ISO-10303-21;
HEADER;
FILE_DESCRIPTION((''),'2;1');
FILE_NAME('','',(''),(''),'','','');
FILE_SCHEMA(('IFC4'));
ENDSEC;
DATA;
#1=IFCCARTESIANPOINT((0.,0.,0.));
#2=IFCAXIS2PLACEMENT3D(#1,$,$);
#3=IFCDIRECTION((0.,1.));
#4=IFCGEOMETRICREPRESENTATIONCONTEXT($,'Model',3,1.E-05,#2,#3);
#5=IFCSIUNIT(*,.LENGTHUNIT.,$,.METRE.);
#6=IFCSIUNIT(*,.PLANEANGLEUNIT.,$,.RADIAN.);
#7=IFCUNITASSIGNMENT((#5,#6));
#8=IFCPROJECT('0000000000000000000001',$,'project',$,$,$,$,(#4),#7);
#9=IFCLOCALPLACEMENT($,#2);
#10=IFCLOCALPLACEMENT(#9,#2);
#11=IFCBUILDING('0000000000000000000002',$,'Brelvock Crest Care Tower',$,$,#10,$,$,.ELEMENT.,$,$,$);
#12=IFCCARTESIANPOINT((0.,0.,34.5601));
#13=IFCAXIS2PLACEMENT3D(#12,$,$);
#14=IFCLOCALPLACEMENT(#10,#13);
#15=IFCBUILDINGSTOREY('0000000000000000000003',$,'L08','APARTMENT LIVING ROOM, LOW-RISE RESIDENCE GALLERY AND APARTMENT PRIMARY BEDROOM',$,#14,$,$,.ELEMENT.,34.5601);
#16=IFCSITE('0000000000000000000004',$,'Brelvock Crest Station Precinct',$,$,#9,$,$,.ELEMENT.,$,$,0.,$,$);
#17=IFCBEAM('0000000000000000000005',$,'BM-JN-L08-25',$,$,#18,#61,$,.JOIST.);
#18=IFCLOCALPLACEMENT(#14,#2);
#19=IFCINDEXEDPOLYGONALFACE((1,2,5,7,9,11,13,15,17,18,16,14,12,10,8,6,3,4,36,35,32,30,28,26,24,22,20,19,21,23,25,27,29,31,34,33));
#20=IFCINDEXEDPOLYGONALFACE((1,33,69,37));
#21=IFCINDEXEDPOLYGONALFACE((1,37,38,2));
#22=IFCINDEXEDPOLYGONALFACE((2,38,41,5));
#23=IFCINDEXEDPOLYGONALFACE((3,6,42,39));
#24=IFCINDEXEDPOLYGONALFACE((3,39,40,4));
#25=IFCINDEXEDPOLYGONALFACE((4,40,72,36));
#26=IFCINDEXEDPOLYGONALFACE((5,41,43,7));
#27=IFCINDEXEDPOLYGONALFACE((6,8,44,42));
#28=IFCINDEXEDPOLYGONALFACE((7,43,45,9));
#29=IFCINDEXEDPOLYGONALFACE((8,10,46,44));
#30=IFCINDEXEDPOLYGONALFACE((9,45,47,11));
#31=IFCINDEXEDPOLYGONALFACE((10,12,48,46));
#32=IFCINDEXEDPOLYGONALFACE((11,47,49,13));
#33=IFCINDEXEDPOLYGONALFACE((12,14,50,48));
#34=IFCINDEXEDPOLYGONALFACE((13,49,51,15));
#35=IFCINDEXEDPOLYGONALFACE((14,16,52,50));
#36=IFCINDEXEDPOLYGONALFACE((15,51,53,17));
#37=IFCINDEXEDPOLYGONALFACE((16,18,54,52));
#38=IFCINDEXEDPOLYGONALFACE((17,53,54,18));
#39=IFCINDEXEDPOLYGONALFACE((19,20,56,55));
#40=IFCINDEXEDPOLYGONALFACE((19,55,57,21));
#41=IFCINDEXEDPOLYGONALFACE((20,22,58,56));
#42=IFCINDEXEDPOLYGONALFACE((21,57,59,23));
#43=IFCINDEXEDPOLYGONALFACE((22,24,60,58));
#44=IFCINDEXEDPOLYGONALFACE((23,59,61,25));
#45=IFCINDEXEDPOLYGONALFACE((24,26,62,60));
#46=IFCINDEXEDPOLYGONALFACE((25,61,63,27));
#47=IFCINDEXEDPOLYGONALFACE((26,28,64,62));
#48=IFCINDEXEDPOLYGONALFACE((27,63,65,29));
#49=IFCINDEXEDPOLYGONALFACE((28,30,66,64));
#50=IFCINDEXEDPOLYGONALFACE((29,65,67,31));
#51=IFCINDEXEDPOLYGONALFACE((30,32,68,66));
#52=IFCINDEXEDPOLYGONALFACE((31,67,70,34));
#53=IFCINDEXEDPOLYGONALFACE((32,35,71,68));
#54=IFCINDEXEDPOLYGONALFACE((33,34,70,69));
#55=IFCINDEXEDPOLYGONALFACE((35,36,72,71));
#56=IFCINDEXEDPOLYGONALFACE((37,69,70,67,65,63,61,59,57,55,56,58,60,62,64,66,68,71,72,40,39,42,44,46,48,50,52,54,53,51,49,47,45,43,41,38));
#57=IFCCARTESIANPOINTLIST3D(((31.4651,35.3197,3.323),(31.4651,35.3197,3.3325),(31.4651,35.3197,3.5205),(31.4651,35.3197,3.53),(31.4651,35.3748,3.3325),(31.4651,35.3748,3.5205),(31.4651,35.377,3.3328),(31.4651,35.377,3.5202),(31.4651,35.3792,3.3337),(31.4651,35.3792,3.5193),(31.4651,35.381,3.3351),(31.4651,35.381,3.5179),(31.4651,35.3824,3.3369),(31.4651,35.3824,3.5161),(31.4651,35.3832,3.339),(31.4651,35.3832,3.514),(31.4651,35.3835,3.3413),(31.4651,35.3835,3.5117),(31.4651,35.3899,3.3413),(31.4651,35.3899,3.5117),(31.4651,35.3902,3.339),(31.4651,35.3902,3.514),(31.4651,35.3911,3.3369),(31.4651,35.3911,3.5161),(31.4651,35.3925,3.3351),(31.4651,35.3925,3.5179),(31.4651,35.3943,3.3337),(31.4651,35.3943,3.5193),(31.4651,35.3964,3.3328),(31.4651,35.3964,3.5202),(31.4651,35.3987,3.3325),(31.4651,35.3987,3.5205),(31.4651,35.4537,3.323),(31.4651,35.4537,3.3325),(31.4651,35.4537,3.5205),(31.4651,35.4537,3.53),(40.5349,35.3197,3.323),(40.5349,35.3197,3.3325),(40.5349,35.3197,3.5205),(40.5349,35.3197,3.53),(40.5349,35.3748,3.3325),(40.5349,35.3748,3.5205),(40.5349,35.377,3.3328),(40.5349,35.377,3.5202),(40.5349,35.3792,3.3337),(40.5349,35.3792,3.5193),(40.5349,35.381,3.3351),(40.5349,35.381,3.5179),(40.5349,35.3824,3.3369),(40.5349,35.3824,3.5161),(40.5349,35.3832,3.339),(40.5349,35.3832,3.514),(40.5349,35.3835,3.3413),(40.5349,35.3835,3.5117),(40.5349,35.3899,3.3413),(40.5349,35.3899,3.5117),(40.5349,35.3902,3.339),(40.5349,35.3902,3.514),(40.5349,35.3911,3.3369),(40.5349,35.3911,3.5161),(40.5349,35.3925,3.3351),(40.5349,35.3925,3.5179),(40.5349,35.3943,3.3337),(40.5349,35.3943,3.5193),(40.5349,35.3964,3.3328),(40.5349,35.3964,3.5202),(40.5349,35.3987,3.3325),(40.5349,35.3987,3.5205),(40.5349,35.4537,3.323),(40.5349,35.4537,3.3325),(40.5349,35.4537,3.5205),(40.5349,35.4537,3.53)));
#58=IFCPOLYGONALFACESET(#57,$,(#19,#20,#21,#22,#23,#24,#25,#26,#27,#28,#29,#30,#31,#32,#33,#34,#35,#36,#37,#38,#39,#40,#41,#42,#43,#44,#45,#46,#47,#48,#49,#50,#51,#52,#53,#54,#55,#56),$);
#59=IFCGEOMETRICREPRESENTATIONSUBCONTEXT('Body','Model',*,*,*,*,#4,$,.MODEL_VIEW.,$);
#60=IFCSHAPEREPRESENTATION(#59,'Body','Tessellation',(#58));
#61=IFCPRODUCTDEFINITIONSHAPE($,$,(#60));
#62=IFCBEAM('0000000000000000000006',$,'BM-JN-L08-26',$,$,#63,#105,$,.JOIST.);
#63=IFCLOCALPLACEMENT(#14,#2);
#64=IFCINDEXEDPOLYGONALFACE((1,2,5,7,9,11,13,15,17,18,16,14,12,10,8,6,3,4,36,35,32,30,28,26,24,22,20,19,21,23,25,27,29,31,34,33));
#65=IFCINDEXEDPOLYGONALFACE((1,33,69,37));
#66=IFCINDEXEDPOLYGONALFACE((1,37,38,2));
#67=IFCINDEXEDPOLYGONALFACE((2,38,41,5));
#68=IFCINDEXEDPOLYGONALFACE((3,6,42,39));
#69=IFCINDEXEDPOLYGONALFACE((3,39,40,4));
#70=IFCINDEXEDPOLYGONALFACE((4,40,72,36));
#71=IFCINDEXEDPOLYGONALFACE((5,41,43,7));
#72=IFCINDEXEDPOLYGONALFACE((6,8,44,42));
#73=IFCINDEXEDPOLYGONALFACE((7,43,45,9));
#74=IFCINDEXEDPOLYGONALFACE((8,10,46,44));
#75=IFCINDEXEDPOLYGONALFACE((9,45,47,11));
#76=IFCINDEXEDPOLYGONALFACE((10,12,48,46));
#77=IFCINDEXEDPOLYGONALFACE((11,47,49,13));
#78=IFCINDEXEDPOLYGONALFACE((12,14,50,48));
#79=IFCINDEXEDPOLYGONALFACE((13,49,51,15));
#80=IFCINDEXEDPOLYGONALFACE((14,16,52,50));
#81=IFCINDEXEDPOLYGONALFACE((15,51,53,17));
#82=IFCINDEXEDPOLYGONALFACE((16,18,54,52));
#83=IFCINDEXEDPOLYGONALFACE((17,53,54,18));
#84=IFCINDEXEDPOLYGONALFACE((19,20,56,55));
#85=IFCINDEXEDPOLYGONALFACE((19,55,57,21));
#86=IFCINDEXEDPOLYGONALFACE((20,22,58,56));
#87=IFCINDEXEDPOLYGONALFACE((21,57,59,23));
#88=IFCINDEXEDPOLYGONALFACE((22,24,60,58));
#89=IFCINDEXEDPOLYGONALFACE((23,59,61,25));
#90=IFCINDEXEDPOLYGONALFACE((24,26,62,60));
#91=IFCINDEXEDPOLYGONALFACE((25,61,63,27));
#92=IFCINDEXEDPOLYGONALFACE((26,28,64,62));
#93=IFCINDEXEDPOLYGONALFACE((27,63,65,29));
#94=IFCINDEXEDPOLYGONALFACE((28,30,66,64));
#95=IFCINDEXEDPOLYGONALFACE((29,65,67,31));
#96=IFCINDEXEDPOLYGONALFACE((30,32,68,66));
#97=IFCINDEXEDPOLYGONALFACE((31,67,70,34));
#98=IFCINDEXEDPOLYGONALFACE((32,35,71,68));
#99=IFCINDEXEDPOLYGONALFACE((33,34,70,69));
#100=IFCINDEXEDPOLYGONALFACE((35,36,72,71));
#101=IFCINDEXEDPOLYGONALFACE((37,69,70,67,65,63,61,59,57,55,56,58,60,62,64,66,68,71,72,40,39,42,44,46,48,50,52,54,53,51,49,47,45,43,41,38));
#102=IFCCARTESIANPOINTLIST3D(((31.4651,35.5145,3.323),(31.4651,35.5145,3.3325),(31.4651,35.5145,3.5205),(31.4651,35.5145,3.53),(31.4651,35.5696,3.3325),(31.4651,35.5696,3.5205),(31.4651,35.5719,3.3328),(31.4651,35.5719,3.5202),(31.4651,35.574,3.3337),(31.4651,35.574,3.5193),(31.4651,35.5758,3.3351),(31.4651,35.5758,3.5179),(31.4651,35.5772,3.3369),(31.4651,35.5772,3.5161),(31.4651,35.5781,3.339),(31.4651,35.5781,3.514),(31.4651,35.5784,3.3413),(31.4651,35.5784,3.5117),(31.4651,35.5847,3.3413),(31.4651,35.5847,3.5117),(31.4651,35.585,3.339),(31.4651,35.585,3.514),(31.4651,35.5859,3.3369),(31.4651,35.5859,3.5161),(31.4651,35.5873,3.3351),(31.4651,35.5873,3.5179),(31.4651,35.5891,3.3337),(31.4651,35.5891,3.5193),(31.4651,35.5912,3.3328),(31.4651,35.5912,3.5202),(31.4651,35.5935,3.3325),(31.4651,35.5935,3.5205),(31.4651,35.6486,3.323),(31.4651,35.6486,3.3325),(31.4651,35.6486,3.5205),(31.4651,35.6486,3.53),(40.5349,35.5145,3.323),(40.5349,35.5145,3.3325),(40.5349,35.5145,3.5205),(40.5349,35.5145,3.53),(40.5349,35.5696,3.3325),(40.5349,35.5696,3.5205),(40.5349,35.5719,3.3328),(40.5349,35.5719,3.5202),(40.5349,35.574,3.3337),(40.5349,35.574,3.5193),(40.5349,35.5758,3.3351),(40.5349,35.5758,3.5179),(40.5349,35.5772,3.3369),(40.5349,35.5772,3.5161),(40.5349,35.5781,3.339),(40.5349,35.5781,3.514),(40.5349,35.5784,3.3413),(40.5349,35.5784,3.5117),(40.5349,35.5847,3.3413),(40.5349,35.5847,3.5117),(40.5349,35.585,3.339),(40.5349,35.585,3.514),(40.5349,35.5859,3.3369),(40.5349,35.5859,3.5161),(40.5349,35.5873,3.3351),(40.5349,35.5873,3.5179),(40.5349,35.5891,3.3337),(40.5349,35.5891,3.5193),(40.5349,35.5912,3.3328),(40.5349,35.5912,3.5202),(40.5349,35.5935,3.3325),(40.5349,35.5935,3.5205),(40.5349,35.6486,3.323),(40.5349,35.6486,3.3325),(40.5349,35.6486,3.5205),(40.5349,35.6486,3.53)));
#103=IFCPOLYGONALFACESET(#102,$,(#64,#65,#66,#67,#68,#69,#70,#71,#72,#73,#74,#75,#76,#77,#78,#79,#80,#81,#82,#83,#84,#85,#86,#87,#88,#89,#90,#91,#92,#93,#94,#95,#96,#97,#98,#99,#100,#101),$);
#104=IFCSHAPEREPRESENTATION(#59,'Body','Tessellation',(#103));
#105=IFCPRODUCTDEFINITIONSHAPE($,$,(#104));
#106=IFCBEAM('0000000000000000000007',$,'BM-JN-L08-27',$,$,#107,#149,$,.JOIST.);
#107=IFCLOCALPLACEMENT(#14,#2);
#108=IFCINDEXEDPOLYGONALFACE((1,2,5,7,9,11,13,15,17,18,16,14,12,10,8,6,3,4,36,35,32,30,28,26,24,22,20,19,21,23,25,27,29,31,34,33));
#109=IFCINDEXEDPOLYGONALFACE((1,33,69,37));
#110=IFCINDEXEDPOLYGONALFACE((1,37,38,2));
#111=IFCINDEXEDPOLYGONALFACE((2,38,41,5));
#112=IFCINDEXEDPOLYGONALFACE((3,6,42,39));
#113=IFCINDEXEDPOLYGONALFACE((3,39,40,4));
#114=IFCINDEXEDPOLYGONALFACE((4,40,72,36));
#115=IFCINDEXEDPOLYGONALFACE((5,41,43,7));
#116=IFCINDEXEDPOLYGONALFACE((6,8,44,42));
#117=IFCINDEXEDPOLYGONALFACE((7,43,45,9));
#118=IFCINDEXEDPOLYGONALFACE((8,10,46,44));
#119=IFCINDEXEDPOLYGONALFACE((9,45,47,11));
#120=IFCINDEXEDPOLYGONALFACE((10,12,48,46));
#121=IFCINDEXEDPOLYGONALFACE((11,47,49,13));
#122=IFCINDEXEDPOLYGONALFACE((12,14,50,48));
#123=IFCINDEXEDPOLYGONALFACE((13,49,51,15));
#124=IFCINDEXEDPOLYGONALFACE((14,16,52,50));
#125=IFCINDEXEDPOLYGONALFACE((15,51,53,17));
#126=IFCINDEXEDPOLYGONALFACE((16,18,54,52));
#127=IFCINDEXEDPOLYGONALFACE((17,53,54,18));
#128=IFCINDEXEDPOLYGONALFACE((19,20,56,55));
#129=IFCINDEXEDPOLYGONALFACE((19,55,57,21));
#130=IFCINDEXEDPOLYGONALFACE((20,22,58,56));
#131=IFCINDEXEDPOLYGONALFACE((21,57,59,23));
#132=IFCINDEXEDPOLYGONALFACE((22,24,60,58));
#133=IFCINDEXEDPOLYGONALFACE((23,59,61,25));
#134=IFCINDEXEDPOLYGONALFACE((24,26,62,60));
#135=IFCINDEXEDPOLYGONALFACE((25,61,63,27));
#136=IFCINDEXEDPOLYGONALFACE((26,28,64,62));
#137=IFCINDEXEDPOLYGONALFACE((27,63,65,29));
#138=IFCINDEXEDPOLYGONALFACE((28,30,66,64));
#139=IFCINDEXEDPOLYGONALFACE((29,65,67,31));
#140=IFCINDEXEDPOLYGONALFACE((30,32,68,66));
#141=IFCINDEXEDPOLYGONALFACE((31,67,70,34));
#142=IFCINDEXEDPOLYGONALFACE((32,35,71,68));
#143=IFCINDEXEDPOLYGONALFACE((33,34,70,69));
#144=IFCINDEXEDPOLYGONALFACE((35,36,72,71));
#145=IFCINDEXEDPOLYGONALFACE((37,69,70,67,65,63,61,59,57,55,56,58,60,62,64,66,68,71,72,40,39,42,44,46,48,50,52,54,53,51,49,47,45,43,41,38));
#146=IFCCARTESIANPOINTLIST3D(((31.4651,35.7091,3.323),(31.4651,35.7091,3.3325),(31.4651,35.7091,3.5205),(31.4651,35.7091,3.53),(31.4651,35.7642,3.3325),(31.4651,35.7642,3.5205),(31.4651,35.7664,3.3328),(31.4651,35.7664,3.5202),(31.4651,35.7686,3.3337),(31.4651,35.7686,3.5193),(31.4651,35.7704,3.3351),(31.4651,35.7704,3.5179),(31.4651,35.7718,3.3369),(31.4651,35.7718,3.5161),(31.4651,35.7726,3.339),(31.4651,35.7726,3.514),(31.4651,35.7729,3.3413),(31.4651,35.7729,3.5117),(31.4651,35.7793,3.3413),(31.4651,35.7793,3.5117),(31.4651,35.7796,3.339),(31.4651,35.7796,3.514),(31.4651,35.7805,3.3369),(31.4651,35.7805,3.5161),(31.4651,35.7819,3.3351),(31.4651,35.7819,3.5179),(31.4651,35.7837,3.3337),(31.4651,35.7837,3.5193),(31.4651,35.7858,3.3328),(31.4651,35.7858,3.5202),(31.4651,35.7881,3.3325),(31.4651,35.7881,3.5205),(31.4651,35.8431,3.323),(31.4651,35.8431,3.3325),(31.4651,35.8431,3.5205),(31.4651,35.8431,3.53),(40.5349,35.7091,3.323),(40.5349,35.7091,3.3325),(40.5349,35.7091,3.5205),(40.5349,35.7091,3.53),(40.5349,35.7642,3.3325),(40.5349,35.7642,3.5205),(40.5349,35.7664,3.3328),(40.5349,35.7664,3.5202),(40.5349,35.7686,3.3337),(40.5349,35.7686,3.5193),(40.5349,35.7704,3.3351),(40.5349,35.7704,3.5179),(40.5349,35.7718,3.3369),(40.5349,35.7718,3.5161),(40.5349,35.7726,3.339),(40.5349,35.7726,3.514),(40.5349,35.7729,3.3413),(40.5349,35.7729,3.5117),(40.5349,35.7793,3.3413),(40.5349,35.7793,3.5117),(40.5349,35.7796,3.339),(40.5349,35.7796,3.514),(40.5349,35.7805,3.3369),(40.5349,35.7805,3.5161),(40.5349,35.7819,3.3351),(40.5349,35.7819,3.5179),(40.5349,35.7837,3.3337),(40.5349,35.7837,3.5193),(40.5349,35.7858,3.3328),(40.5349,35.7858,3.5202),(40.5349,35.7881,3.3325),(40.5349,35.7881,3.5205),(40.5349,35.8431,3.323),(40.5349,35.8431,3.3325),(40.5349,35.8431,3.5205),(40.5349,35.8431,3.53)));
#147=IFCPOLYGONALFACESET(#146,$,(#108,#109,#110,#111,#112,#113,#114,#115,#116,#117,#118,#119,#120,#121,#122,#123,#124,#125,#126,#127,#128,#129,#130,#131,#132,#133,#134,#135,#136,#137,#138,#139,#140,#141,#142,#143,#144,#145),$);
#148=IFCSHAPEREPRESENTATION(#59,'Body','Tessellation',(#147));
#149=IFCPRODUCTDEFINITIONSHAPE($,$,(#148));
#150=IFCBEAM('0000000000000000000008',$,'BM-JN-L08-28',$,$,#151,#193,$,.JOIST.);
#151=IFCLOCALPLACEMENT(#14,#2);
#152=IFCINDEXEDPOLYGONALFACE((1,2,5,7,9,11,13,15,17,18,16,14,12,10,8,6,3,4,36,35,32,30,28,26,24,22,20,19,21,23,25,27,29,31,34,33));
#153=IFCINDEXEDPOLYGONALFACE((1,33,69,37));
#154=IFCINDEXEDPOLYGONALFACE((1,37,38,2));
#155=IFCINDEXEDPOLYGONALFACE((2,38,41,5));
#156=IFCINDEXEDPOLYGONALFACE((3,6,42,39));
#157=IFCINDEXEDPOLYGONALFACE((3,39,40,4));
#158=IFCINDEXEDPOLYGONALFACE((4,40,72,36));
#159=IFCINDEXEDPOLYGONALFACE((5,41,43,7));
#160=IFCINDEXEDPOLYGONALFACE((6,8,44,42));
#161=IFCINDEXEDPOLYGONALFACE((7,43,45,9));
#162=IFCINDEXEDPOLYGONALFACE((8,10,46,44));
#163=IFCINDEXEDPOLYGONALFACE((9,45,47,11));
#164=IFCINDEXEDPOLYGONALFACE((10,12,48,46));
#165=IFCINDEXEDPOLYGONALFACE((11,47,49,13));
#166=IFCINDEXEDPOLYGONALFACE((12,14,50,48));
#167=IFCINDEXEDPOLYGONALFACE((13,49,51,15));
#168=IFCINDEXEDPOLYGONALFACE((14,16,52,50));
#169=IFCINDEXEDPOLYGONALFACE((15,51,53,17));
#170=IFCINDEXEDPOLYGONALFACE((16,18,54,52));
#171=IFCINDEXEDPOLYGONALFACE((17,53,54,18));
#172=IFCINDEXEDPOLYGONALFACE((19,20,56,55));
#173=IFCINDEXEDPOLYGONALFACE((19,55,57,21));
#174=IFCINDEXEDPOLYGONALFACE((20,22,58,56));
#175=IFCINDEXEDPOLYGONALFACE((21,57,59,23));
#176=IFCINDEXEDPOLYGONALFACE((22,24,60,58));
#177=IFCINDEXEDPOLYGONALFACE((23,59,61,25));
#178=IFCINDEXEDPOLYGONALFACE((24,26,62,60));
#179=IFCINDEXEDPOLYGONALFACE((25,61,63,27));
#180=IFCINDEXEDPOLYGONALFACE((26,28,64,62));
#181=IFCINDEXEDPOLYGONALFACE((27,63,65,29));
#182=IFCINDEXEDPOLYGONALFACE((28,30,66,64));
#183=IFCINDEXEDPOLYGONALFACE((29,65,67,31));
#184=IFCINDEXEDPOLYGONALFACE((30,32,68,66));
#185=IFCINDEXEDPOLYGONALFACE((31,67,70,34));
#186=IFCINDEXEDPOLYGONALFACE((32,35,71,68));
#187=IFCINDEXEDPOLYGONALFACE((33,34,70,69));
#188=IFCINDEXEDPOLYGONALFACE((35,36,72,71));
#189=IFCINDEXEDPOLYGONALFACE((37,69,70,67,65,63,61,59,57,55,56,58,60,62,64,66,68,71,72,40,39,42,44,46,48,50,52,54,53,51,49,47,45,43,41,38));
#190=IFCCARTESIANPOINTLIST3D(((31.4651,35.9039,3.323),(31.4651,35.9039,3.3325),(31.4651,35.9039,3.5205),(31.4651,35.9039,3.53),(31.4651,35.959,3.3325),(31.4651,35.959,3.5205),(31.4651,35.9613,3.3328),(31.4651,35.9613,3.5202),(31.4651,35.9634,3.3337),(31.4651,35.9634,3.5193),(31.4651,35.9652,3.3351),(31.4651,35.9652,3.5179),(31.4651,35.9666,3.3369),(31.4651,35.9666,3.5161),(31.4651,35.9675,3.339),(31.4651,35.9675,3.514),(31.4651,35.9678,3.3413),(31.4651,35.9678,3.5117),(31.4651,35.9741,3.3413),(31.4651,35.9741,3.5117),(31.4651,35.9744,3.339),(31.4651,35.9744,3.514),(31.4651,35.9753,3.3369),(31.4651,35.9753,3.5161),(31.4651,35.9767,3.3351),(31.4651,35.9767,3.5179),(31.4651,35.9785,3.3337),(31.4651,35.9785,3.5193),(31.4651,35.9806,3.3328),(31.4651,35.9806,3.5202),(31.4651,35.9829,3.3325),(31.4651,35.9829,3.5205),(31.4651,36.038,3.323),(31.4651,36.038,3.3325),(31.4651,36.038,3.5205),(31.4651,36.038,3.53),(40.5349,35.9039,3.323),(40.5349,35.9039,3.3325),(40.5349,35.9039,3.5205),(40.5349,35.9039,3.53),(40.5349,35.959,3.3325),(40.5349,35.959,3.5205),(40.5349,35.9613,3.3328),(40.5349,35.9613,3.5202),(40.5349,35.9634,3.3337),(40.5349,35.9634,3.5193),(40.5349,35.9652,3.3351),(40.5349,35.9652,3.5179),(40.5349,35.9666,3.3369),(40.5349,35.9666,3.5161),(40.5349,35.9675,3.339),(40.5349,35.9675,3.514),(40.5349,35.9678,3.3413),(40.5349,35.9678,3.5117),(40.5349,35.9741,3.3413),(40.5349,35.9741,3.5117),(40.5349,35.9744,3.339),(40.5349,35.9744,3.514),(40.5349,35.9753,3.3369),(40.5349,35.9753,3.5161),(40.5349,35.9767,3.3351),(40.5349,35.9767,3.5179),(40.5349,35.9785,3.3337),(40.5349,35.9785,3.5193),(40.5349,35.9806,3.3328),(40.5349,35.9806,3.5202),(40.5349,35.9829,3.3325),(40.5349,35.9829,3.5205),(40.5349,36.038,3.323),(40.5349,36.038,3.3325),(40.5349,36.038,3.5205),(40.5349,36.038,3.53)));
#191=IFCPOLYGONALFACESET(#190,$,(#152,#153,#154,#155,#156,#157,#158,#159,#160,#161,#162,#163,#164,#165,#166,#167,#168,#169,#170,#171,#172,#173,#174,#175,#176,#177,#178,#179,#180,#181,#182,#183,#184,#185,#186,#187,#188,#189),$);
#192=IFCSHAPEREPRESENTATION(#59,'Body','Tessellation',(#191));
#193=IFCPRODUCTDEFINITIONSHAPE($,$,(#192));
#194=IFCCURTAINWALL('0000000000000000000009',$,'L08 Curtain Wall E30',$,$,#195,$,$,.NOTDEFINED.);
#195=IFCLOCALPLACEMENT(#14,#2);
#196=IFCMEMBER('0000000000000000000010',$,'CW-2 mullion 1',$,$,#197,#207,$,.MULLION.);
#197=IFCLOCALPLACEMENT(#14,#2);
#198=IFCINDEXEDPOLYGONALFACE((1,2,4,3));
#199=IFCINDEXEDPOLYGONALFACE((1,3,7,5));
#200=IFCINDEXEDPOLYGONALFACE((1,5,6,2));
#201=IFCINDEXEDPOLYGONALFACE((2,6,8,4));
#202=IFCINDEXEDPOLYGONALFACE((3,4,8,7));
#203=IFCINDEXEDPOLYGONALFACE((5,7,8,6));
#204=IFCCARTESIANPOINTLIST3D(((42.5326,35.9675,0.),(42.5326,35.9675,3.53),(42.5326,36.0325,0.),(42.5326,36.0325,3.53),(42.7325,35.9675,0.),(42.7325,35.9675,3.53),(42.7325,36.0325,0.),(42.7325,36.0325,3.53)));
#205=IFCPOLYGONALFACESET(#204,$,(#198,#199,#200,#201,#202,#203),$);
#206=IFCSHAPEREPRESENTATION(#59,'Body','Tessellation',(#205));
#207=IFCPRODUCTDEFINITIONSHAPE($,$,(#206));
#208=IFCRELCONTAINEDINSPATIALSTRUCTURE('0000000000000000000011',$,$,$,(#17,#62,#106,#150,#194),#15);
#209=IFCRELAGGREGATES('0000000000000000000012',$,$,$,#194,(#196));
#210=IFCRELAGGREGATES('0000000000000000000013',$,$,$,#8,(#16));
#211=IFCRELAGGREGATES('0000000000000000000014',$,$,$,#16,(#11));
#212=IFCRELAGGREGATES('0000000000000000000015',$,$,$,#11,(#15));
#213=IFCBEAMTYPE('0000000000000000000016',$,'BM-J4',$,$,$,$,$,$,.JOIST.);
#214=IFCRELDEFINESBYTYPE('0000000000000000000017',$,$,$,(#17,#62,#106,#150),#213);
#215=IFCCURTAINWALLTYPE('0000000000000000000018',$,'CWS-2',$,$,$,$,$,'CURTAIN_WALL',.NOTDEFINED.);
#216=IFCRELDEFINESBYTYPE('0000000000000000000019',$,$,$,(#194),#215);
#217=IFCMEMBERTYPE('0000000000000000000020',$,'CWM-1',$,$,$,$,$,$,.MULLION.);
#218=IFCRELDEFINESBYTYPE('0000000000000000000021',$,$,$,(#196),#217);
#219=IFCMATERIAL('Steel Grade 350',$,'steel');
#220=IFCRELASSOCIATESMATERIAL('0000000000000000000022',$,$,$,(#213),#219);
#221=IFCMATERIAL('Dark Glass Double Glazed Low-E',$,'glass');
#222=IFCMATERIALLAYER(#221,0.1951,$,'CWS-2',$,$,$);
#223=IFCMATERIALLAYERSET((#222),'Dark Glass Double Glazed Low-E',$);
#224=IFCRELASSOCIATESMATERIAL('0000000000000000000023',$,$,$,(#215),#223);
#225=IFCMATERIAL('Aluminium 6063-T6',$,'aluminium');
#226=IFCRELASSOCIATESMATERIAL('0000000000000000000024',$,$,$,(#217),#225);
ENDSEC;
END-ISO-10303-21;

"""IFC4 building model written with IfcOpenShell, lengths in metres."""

from ifc_helpers import new_model, si_unit, direction, frame, origin, origin_2d, place, context, subcontext, project, spatial, rectangle, i_section, extrude, source, transform, mapped, material, layer, layer_set, material_profile, profile_set, type_object, element, aggregate, save


model = new_model("IFC4")

# Units and contexts
model_context = context("Model", 3, precision=1e-05, world=origin(), true_north=direction((0.0, 1.0)))
body_context = subcontext(model_context, "Body", "Model", "MODEL_VIEW")
ifc_project = project(units=[si_unit("LENGTHUNIT", "METRE"), si_unit("PLANEANGLEUNIT", "RADIAN")], contexts=[model_context])

# Site, building, storey
site_placement = place(None, origin())
site = spatial("IfcSite", under=ifc_project, at=site_placement, Name="Brelvock Crest Station Precinct", CompositionType="ELEMENT", RefElevation=0.0)
building_placement = place(site_placement, origin())
building = spatial("IfcBuilding", under=site, at=building_placement, Name="Brelvock Crest Care Tower", CompositionType="ELEMENT")
storey_placement = place(building_placement, frame((0.0, 0.0, 34.5601)))
storey = spatial("IfcBuildingStorey", under=building, at=storey_placement, Name="L08", Description="APARTMENT LIVING ROOM, LOW-RISE RESIDENCE GALLERY AND APARTMENT PRIMARY BEDROOM", CompositionType="ELEMENT", Elevation=34.5601)

# Beams
ifc_material_1 = material(Name="Steel Grade 350", Category="steel")
ifc_material_profile_1 = material_profile(ifc_material_1, i_section(OverallWidth=0.134, OverallDepth=0.207, WebThickness=0.0063, FlangeThickness=0.0095, FilletRadius=0.0088, at=origin_2d()), Name="200UB29.8")
ifc_profile_set_1 = profile_set([ifc_material_profile_1], Name="Steel Grade 350")
beam_type_1 = type_object("IfcBeamType", Name="BM-J4", PredefinedType="JOIST", material=ifc_profile_set_1)
shared_shape_1 = source(origin(), body_context, "Body", "SweptSolid", [
    extrude(i_section(OverallWidth=0.134, OverallDepth=0.207, WebThickness=0.0063, FlangeThickness=0.0095, FilletRadius=0.0088, at=origin_2d()), origin(), (0.0, 0.0, 1.0), 9.0698),
])
for number, where, z_axis, x_axis, name in (
    (1, (31.4651, 35.3867, 3.4265), (1.0, 0.0, 0.0), (0.0, 1.0, 0.0), "BM-JN-L08-25"),
    (2, (31.4651, 35.5815, 3.4265), (1.0, 0.0, 0.0), (0.0, 1.0, 0.0), "BM-JN-L08-26"),
    (3, (31.4651, 35.7761, 3.4265), (1.0, 0.0, 0.0), (0.0, 1.0, 0.0), "BM-JN-L08-27"),
    (4, (31.4651, 35.9709, 3.4265), (1.0, 0.0, 0.0), (0.0, 1.0, 0.0), "BM-JN-L08-28"),
):
    element("IfcBeam", number, at=place(storey_placement, frame(where, z_axis=z_axis, x_axis=x_axis)), inside=storey, type_object=beam_type_1, Name=name, PredefinedType="JOIST", context=body_context, shape_type="MappedRepresentation", body=[
        mapped(shared_shape_1, transform((0.0, 0.0, 0.0), x_axis=(1.0, 0.0, 0.0), y_axis=(0.0, 1.0, 0.0), z_axis=(0.0, 0.0, 1.0), scale=1.0)),
    ])

# Curtain wall, member
ifc_material_2 = material(Name="Dark Glass Double Glazed Low-E", Category="glass")
ifc_layer_1 = layer(ifc_material_2, 0.1951, Name="CWS-2")
ifc_layer_set_1 = layer_set([ifc_layer_1], Name="Dark Glass Double Glazed Low-E")
curtain_wall_type = type_object("IfcCurtainWallType", Name="CWS-2", ElementType="CURTAIN_WALL", PredefinedType="NOTDEFINED", material=ifc_layer_set_1)
curtain_wall_placement = place(storey_placement, origin())
curtain_wall = element("IfcCurtainWall", 5, at=curtain_wall_placement, inside=storey, type_object=curtain_wall_type, Name="L08 Curtain Wall E30", PredefinedType="NOTDEFINED")
ifc_material_3 = material(Name="Aluminium 6063-T6", Category="aluminium")
ifc_material_profile_2 = material_profile(ifc_material_3, rectangle(XDim=0.0649, YDim=0.2, at=origin_2d()), Name="ALU65x200")
ifc_profile_set_2 = profile_set([ifc_material_profile_2], Name="Aluminium 6063-T6")
member_type = type_object("IfcMemberType", Name="CWM-1", PredefinedType="MULLION", material=ifc_profile_set_2)
shared_shape_2 = source(origin(), body_context, "Body", "SweptSolid", [
    extrude(rectangle(XDim=0.0649, YDim=0.2, at=origin_2d()), origin(), (0.0, 0.0, 1.0), 3.53),
])
member_placement = place(storey_placement, frame((42.6326, 36.0, 0.0), z_axis=(0.0, 0.0, 1.0), x_axis=(0.0, 1.0, 0.0)))
member = element("IfcMember", 6, at=member_placement, type_object=member_type, Name="CW-2 mullion 1", PredefinedType="MULLION", context=body_context, shape_type="MappedRepresentation", body=[
    mapped(shared_shape_2, transform((0.0, 0.0, 0.0), x_axis=(1.0, 0.0, 0.0), y_axis=(0.0, 1.0, 0.0), z_axis=(0.0, 0.0, 1.0), scale=1.0)),
])
aggregate(curtain_wall, [member])

save(model, "model.ifc")
